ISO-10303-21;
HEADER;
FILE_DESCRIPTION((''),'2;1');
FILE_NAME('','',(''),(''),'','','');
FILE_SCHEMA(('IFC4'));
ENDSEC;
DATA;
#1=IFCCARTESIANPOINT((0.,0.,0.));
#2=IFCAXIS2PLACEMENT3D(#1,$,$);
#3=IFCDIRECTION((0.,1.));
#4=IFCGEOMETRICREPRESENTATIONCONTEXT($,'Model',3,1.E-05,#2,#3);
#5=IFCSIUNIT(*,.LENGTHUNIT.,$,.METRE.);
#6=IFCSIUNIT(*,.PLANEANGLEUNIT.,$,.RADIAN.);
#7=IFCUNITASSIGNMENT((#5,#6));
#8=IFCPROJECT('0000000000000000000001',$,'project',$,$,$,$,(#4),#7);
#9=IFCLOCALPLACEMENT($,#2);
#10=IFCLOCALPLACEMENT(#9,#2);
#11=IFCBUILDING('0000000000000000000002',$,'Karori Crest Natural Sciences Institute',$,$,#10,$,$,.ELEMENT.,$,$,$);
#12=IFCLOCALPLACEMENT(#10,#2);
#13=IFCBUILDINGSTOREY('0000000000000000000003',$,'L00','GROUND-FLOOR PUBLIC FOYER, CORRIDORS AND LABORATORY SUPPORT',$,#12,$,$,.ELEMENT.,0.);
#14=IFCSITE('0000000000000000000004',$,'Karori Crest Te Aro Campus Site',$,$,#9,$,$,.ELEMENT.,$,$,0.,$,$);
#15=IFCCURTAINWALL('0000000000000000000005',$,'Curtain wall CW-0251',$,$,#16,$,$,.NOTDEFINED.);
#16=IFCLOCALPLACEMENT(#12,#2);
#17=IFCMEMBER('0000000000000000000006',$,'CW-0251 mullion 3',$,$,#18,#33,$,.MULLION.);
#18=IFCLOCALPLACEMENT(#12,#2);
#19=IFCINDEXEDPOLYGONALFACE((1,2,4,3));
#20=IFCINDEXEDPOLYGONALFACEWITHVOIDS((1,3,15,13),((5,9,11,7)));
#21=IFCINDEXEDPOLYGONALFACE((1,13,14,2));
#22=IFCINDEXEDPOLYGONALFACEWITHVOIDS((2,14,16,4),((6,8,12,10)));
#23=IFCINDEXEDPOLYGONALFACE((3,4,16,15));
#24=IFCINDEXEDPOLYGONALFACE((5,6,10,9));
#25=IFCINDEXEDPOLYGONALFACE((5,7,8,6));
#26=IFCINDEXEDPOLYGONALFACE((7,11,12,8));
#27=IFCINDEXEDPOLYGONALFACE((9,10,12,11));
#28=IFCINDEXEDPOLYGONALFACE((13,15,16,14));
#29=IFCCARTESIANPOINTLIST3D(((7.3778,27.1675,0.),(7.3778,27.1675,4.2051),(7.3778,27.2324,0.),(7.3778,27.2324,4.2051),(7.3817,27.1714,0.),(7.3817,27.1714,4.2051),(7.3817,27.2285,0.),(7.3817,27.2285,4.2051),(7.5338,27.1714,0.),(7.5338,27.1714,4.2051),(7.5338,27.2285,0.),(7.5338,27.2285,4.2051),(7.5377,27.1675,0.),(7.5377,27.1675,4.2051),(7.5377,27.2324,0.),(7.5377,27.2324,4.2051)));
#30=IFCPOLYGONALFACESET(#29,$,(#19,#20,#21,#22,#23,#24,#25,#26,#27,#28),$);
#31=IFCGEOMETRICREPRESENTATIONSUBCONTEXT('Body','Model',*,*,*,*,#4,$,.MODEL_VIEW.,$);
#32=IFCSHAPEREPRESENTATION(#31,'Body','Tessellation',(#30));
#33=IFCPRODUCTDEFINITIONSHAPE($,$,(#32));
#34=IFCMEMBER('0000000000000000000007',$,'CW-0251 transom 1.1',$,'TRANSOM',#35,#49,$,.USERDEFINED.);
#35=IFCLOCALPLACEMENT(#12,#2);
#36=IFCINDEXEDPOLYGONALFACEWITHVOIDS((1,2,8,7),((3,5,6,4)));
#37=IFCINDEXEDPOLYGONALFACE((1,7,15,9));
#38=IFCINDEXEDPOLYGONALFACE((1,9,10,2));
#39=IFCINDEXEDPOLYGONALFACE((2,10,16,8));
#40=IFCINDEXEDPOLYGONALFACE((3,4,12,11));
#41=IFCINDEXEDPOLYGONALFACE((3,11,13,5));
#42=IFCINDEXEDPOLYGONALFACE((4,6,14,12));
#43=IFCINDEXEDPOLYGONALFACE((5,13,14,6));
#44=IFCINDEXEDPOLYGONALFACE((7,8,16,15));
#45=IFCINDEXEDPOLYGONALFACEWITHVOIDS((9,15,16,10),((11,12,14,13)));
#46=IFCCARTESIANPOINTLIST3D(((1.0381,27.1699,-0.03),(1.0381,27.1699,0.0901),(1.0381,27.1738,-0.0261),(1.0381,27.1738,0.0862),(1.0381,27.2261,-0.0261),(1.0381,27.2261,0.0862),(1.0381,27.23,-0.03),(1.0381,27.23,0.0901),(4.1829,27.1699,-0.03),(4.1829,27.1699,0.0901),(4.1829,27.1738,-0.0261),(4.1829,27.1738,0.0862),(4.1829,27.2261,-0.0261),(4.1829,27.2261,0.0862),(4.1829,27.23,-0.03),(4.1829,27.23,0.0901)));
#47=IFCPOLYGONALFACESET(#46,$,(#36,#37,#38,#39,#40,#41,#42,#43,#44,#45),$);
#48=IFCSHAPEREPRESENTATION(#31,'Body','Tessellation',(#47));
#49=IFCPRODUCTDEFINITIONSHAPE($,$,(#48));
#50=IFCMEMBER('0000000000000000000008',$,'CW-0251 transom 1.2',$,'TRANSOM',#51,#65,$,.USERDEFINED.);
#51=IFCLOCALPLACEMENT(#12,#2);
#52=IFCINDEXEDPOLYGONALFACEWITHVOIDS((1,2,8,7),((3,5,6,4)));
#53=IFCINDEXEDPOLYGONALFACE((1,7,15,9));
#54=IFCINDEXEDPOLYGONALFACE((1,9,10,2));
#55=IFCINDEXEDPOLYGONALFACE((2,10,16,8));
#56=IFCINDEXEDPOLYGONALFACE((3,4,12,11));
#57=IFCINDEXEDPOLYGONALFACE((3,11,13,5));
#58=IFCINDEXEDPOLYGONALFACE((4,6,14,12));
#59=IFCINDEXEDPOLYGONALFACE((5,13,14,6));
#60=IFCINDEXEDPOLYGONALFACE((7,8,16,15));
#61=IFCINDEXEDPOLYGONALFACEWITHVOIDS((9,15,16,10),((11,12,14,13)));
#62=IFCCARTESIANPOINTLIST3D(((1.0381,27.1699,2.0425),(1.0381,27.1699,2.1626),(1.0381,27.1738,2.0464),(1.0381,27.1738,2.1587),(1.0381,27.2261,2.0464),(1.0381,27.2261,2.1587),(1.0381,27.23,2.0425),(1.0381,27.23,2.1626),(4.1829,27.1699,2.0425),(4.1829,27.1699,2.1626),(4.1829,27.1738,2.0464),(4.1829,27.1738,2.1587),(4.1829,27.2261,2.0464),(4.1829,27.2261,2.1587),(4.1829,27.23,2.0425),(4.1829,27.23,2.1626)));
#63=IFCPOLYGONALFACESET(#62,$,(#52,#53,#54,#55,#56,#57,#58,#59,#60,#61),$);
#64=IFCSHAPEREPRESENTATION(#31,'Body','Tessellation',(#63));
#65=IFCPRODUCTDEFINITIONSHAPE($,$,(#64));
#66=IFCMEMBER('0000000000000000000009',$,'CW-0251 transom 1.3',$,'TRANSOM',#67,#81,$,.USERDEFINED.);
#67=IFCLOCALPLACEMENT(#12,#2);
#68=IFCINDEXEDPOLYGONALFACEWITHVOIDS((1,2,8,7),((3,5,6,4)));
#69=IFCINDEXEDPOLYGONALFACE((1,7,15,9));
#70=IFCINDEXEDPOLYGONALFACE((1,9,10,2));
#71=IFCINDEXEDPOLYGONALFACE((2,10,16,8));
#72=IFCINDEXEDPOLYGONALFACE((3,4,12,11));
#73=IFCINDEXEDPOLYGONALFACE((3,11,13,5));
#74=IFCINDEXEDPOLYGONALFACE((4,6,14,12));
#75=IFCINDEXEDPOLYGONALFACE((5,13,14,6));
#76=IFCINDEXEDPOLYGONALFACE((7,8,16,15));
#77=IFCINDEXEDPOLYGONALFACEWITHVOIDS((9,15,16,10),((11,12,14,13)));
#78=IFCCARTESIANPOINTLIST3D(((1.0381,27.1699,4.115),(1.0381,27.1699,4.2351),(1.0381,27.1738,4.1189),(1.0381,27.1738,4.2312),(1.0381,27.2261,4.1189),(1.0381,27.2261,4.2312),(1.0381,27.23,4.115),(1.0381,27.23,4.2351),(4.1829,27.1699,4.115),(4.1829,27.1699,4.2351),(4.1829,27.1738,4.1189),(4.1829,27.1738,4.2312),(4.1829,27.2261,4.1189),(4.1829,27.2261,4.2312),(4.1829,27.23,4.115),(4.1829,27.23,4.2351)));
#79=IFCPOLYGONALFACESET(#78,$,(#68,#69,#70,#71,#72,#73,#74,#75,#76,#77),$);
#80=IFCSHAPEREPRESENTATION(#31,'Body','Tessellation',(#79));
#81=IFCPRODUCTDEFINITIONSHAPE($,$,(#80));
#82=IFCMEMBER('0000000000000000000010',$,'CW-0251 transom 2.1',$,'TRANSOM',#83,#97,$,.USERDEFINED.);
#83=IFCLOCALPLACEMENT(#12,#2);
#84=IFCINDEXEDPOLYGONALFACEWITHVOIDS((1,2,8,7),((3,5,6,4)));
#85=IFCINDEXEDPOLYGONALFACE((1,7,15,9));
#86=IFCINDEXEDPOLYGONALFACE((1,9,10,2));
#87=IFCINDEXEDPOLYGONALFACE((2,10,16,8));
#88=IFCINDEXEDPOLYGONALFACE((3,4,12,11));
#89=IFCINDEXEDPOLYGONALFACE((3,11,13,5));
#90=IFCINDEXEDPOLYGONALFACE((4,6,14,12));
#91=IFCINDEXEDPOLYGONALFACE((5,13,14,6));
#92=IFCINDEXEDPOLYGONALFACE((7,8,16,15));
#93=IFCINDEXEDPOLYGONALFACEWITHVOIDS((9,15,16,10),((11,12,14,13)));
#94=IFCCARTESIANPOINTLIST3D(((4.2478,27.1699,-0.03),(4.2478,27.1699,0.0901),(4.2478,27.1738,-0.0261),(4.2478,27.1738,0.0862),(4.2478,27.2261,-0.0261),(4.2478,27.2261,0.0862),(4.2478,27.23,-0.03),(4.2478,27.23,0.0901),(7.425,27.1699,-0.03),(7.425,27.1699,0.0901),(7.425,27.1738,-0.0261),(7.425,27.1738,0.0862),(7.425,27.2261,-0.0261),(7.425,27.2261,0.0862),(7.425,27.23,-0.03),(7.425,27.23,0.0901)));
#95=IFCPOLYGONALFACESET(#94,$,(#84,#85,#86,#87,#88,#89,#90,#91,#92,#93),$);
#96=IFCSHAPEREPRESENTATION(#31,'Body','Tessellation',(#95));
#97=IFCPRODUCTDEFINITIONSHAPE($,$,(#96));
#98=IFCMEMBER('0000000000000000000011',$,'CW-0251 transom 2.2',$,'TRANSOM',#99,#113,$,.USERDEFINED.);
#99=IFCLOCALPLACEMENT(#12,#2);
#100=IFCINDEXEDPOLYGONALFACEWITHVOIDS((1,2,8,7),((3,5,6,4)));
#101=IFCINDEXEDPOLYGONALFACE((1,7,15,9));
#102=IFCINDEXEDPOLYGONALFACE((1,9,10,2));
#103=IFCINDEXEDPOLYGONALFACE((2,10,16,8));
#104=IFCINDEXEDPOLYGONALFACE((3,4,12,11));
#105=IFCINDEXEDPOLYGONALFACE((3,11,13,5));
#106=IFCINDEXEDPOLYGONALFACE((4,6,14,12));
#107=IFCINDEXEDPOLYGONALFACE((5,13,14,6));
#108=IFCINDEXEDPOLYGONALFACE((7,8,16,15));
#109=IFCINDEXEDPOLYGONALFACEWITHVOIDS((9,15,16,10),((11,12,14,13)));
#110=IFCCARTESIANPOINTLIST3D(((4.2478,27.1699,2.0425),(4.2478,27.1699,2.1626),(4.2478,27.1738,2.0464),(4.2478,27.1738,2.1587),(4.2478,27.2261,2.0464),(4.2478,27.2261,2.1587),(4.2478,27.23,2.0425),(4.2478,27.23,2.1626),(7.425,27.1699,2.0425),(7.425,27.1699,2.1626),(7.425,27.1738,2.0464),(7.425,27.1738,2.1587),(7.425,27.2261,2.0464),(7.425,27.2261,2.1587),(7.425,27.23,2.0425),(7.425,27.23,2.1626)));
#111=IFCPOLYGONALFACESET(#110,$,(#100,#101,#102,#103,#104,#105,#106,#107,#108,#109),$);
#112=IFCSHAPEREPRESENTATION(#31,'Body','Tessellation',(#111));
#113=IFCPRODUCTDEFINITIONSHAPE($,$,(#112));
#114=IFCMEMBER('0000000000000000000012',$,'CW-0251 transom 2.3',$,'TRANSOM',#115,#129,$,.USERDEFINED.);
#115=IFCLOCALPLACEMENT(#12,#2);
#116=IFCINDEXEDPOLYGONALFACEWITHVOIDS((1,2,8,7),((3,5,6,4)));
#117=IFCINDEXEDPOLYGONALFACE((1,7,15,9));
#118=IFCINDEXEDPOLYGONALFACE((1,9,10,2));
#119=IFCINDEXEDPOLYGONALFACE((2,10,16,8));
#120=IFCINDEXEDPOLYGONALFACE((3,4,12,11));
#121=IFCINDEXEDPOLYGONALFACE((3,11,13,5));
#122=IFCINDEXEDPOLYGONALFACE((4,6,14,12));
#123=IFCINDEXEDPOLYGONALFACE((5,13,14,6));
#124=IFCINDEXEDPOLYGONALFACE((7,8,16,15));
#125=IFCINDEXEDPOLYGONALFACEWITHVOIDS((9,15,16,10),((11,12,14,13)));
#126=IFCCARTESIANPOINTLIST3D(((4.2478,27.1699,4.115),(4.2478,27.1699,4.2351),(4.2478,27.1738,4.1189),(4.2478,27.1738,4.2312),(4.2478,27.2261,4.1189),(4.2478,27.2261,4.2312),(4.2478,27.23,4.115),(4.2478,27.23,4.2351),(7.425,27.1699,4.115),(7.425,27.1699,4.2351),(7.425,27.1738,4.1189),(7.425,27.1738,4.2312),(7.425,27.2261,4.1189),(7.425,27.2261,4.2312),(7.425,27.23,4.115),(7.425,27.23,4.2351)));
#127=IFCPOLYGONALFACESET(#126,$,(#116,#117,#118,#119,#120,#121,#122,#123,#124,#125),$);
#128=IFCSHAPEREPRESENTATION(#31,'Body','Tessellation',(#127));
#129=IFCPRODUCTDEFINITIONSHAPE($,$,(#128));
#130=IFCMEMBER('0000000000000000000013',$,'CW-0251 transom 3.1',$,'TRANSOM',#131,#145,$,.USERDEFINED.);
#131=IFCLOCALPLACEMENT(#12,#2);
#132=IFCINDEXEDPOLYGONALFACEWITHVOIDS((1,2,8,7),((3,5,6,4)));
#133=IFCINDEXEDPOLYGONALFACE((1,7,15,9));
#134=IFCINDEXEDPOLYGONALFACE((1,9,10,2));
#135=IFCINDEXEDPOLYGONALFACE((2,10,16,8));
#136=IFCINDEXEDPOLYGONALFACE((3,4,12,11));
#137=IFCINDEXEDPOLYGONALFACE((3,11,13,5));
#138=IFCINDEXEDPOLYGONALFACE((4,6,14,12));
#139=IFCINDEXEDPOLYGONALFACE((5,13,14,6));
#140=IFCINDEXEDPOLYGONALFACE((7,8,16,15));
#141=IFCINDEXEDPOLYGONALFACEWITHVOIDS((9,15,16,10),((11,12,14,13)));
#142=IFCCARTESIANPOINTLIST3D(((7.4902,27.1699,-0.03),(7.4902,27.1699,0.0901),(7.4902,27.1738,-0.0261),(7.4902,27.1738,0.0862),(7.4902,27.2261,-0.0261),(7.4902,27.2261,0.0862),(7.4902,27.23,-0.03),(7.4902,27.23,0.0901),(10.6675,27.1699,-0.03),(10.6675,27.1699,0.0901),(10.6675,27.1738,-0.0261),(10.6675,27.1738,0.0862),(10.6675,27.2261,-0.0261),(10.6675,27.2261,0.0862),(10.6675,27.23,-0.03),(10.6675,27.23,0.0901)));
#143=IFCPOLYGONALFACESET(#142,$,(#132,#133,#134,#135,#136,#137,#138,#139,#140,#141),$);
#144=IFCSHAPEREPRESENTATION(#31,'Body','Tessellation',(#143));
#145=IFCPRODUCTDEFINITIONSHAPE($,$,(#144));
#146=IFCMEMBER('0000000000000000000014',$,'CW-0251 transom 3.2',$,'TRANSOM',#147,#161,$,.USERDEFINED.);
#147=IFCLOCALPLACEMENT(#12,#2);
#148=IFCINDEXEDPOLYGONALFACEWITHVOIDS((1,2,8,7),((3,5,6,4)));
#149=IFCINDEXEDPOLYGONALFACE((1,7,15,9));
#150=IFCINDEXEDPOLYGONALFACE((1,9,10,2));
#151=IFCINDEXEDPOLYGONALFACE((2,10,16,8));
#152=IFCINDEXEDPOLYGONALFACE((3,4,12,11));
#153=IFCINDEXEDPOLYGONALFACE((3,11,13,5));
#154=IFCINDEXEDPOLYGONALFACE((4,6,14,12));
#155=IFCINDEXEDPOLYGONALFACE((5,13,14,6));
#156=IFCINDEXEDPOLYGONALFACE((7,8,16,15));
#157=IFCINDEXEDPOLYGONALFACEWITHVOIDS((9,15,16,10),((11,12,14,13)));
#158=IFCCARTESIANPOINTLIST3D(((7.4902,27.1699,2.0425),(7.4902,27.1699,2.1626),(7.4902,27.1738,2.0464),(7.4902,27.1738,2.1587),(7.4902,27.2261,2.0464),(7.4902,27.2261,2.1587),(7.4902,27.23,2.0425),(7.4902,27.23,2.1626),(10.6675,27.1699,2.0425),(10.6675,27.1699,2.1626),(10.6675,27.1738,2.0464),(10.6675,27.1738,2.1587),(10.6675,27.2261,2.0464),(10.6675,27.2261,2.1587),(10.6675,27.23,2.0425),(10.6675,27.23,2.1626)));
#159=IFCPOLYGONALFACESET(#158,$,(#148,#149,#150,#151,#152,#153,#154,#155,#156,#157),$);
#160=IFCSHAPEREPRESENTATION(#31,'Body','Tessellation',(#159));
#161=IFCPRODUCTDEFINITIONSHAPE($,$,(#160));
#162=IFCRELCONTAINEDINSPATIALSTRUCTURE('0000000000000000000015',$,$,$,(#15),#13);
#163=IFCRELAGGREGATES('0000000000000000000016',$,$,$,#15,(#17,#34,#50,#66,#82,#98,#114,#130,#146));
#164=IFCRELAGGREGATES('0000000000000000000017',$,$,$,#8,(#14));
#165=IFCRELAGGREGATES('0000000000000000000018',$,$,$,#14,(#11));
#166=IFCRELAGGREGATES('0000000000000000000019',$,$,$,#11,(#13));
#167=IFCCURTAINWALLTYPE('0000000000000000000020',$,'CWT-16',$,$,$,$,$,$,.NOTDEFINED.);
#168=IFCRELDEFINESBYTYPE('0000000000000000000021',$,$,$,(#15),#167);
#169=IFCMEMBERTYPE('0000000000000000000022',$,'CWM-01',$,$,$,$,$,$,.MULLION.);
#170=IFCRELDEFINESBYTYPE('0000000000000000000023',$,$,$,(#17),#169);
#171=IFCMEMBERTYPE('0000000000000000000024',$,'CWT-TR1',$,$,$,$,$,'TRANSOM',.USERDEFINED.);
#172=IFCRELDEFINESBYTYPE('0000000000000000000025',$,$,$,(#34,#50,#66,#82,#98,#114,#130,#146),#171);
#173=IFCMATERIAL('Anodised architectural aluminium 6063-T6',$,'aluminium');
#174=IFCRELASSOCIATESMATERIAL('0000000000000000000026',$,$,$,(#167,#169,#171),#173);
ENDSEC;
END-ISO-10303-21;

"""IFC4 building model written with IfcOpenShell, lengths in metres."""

from ifc_helpers import new_model, si_unit, direction, frame, origin, origin_2d, place, context, subcontext, project, spatial, hollow_rectangle, extrude, material, material_profile, profile_set, type_object, element, aggregate, save


model = new_model("IFC4")

# Units and contexts
model_context = context("Model", 3, precision=1e-05, world=origin(), true_north=direction((0.0, 1.0)))
body_context = subcontext(model_context, "Body", "Model", "MODEL_VIEW")
ifc_project = project(units=[si_unit("LENGTHUNIT", "METRE"), si_unit("PLANEANGLEUNIT", "RADIAN")], contexts=[model_context])

# Site, building, storey
site_placement = place(None, origin())
site = spatial("IfcSite", under=ifc_project, at=site_placement, Name="Karori Crest Te Aro Campus Site", CompositionType="ELEMENT", RefElevation=0.0)
building_placement = place(site_placement, origin())
building = spatial("IfcBuilding", under=site, at=building_placement, Name="Karori Crest Natural Sciences Institute", CompositionType="ELEMENT")
storey_placement = place(building_placement, origin())
storey = spatial("IfcBuildingStorey", under=building, at=storey_placement, Name="L00", Description="GROUND-FLOOR PUBLIC FOYER, CORRIDORS AND LABORATORY SUPPORT", CompositionType="ELEMENT", Elevation=0.0)

# Curtain wall, members
ifc_material_1 = material(Name="Anodised architectural aluminium 6063-T6", Category="aluminium")
curtain_wall_type = type_object("IfcCurtainWallType", Name="CWT-16", PredefinedType="NOTDEFINED", material=ifc_material_1)
curtain_wall_placement = place(storey_placement, origin())
curtain_wall = element("IfcCurtainWall", 1, at=curtain_wall_placement, inside=storey, type_object=curtain_wall_type, Name="Curtain wall CW-0251", PredefinedType="NOTDEFINED")
ifc_material_profile_1 = material_profile(ifc_material_1, hollow_rectangle(XDim=0.0649, YDim=0.1599, WallThickness=0.0039, at=origin_2d()), Name="CWM160x65x4")
ifc_profile_set_1 = profile_set([ifc_material_profile_1], Name="Anodised architectural aluminium 6063-T6")
member_type_1 = type_object("IfcMemberType", Name="CWM-01", PredefinedType="MULLION", material=ifc_profile_set_1)
member_1_placement = place(storey_placement, frame((7.4578, 27.2, 0.0), z_axis=(0.0, 0.0, 1.0), x_axis=(0.0, 1.0, 0.0)))
member_1 = element("IfcMember", 2, at=member_1_placement, type_object=member_type_1, Name="CW-0251 mullion 3", PredefinedType="MULLION", context=body_context, shape_type="SweptSolid", body=[
    extrude(hollow_rectangle(XDim=0.0649, YDim=0.1599, WallThickness=0.0039, at=origin_2d()), origin(), (0.0, 0.0, 1.0), 4.2051),
])
ifc_material_profile_2 = material_profile(ifc_material_1, hollow_rectangle(XDim=0.0601, YDim=0.1201, WallThickness=0.0039, at=origin_2d()), Name="CWT120x60x4")
ifc_profile_set_2 = profile_set([ifc_material_profile_2], Name="Anodised architectural aluminium 6063-T6")
member_type_2 = type_object("IfcMemberType", Name="CWT-TR1", ElementType="TRANSOM", PredefinedType="USERDEFINED", material=ifc_profile_set_2)
member_2_placement = place(storey_placement, frame((1.0381, 27.2, 0.03), z_axis=(1.0, 0.0, 0.0), x_axis=(0.0, 1.0, 0.0)))
member_2 = element("IfcMember", 3, at=member_2_placement, type_object=member_type_2, Name="CW-0251 transom 1.1", ObjectType="TRANSOM", PredefinedType="USERDEFINED", context=body_context, shape_type="SweptSolid", body=[
    extrude(hollow_rectangle(XDim=0.0601, YDim=0.1201, WallThickness=0.0039, at=origin_2d()), origin(), (0.0, 0.0, 1.0), 3.1448),
])
member_3_placement = place(storey_placement, frame((1.0381, 27.2, 2.1025), z_axis=(1.0, 0.0, 0.0), x_axis=(0.0, 1.0, 0.0)))
member_3 = element("IfcMember", 4, at=member_3_placement, type_object=member_type_2, Name="CW-0251 transom 1.2", ObjectType="TRANSOM", PredefinedType="USERDEFINED", context=body_context, shape_type="SweptSolid", body=[
    extrude(hollow_rectangle(XDim=0.0601, YDim=0.1201, WallThickness=0.0039, at=origin_2d()), origin(), (0.0, 0.0, 1.0), 3.1448),
])
member_4_placement = place(storey_placement, frame((1.0381, 27.2, 4.175), z_axis=(1.0, 0.0, 0.0), x_axis=(0.0, 1.0, 0.0)))
member_4 = element("IfcMember", 5, at=member_4_placement, type_object=member_type_2, Name="CW-0251 transom 1.3", ObjectType="TRANSOM", PredefinedType="USERDEFINED", context=body_context, shape_type="SweptSolid", body=[
    extrude(hollow_rectangle(XDim=0.0601, YDim=0.1201, WallThickness=0.0039, at=origin_2d()), origin(), (0.0, 0.0, 1.0), 3.1448),
])
member_5_placement = place(storey_placement, frame((4.2478, 27.2, 0.03), z_axis=(1.0, 0.0, 0.0), x_axis=(0.0, 1.0, 0.0)))
member_5 = element("IfcMember", 6, at=member_5_placement, type_object=member_type_2, Name="CW-0251 transom 2.1", ObjectType="TRANSOM", PredefinedType="USERDEFINED", context=body_context, shape_type="SweptSolid", body=[
    extrude(hollow_rectangle(XDim=0.0601, YDim=0.1201, WallThickness=0.0039, at=origin_2d()), origin(), (0.0, 0.0, 1.0), 3.1772),
])
member_6_placement = place(storey_placement, frame((4.2478, 27.2, 2.1025), z_axis=(1.0, 0.0, 0.0), x_axis=(0.0, 1.0, 0.0)))
member_6 = element("IfcMember", 7, at=member_6_placement, type_object=member_type_2, Name="CW-0251 transom 2.2", ObjectType="TRANSOM", PredefinedType="USERDEFINED", context=body_context, shape_type="SweptSolid", body=[
    extrude(hollow_rectangle(XDim=0.0601, YDim=0.1201, WallThickness=0.0039, at=origin_2d()), origin(), (0.0, 0.0, 1.0), 3.1772),
])
member_7_placement = place(storey_placement, frame((4.2478, 27.2, 4.175), z_axis=(1.0, 0.0, 0.0), x_axis=(0.0, 1.0, 0.0)))
member_7 = element("IfcMember", 8, at=member_7_placement, type_object=member_type_2, Name="CW-0251 transom 2.3", ObjectType="TRANSOM", PredefinedType="USERDEFINED", context=body_context, shape_type="SweptSolid", body=[
    extrude(hollow_rectangle(XDim=0.0601, YDim=0.1201, WallThickness=0.0039, at=origin_2d()), origin(), (0.0, 0.0, 1.0), 3.1772),
])
member_8_placement = place(storey_placement, frame((7.4902, 27.2, 0.03), z_axis=(1.0, 0.0, 0.0), x_axis=(0.0, 1.0, 0.0)))
member_8 = element("IfcMember", 9, at=member_8_placement, type_object=member_type_2, Name="CW-0251 transom 3.1", ObjectType="TRANSOM", PredefinedType="USERDEFINED", context=body_context, shape_type="SweptSolid", body=[
    extrude(hollow_rectangle(XDim=0.0601, YDim=0.1201, WallThickness=0.0039, at=origin_2d()), origin(), (0.0, 0.0, 1.0), 3.1772),
])
member_9_placement = place(storey_placement, frame((7.4902, 27.2, 2.1025), z_axis=(1.0, 0.0, 0.0), x_axis=(0.0, 1.0, 0.0)))
member_9 = element("IfcMember", 10, at=member_9_placement, type_object=member_type_2, Name="CW-0251 transom 3.2", ObjectType="TRANSOM", PredefinedType="USERDEFINED", context=body_context, shape_type="SweptSolid", body=[
    extrude(hollow_rectangle(XDim=0.0601, YDim=0.1201, WallThickness=0.0039, at=origin_2d()), origin(), (0.0, 0.0, 1.0), 3.1772),
])

aggregate(curtain_wall, [member_1, member_2, member_3, member_4, member_5, member_6, member_7, member_8, member_9])

save(model, "model.ifc")
